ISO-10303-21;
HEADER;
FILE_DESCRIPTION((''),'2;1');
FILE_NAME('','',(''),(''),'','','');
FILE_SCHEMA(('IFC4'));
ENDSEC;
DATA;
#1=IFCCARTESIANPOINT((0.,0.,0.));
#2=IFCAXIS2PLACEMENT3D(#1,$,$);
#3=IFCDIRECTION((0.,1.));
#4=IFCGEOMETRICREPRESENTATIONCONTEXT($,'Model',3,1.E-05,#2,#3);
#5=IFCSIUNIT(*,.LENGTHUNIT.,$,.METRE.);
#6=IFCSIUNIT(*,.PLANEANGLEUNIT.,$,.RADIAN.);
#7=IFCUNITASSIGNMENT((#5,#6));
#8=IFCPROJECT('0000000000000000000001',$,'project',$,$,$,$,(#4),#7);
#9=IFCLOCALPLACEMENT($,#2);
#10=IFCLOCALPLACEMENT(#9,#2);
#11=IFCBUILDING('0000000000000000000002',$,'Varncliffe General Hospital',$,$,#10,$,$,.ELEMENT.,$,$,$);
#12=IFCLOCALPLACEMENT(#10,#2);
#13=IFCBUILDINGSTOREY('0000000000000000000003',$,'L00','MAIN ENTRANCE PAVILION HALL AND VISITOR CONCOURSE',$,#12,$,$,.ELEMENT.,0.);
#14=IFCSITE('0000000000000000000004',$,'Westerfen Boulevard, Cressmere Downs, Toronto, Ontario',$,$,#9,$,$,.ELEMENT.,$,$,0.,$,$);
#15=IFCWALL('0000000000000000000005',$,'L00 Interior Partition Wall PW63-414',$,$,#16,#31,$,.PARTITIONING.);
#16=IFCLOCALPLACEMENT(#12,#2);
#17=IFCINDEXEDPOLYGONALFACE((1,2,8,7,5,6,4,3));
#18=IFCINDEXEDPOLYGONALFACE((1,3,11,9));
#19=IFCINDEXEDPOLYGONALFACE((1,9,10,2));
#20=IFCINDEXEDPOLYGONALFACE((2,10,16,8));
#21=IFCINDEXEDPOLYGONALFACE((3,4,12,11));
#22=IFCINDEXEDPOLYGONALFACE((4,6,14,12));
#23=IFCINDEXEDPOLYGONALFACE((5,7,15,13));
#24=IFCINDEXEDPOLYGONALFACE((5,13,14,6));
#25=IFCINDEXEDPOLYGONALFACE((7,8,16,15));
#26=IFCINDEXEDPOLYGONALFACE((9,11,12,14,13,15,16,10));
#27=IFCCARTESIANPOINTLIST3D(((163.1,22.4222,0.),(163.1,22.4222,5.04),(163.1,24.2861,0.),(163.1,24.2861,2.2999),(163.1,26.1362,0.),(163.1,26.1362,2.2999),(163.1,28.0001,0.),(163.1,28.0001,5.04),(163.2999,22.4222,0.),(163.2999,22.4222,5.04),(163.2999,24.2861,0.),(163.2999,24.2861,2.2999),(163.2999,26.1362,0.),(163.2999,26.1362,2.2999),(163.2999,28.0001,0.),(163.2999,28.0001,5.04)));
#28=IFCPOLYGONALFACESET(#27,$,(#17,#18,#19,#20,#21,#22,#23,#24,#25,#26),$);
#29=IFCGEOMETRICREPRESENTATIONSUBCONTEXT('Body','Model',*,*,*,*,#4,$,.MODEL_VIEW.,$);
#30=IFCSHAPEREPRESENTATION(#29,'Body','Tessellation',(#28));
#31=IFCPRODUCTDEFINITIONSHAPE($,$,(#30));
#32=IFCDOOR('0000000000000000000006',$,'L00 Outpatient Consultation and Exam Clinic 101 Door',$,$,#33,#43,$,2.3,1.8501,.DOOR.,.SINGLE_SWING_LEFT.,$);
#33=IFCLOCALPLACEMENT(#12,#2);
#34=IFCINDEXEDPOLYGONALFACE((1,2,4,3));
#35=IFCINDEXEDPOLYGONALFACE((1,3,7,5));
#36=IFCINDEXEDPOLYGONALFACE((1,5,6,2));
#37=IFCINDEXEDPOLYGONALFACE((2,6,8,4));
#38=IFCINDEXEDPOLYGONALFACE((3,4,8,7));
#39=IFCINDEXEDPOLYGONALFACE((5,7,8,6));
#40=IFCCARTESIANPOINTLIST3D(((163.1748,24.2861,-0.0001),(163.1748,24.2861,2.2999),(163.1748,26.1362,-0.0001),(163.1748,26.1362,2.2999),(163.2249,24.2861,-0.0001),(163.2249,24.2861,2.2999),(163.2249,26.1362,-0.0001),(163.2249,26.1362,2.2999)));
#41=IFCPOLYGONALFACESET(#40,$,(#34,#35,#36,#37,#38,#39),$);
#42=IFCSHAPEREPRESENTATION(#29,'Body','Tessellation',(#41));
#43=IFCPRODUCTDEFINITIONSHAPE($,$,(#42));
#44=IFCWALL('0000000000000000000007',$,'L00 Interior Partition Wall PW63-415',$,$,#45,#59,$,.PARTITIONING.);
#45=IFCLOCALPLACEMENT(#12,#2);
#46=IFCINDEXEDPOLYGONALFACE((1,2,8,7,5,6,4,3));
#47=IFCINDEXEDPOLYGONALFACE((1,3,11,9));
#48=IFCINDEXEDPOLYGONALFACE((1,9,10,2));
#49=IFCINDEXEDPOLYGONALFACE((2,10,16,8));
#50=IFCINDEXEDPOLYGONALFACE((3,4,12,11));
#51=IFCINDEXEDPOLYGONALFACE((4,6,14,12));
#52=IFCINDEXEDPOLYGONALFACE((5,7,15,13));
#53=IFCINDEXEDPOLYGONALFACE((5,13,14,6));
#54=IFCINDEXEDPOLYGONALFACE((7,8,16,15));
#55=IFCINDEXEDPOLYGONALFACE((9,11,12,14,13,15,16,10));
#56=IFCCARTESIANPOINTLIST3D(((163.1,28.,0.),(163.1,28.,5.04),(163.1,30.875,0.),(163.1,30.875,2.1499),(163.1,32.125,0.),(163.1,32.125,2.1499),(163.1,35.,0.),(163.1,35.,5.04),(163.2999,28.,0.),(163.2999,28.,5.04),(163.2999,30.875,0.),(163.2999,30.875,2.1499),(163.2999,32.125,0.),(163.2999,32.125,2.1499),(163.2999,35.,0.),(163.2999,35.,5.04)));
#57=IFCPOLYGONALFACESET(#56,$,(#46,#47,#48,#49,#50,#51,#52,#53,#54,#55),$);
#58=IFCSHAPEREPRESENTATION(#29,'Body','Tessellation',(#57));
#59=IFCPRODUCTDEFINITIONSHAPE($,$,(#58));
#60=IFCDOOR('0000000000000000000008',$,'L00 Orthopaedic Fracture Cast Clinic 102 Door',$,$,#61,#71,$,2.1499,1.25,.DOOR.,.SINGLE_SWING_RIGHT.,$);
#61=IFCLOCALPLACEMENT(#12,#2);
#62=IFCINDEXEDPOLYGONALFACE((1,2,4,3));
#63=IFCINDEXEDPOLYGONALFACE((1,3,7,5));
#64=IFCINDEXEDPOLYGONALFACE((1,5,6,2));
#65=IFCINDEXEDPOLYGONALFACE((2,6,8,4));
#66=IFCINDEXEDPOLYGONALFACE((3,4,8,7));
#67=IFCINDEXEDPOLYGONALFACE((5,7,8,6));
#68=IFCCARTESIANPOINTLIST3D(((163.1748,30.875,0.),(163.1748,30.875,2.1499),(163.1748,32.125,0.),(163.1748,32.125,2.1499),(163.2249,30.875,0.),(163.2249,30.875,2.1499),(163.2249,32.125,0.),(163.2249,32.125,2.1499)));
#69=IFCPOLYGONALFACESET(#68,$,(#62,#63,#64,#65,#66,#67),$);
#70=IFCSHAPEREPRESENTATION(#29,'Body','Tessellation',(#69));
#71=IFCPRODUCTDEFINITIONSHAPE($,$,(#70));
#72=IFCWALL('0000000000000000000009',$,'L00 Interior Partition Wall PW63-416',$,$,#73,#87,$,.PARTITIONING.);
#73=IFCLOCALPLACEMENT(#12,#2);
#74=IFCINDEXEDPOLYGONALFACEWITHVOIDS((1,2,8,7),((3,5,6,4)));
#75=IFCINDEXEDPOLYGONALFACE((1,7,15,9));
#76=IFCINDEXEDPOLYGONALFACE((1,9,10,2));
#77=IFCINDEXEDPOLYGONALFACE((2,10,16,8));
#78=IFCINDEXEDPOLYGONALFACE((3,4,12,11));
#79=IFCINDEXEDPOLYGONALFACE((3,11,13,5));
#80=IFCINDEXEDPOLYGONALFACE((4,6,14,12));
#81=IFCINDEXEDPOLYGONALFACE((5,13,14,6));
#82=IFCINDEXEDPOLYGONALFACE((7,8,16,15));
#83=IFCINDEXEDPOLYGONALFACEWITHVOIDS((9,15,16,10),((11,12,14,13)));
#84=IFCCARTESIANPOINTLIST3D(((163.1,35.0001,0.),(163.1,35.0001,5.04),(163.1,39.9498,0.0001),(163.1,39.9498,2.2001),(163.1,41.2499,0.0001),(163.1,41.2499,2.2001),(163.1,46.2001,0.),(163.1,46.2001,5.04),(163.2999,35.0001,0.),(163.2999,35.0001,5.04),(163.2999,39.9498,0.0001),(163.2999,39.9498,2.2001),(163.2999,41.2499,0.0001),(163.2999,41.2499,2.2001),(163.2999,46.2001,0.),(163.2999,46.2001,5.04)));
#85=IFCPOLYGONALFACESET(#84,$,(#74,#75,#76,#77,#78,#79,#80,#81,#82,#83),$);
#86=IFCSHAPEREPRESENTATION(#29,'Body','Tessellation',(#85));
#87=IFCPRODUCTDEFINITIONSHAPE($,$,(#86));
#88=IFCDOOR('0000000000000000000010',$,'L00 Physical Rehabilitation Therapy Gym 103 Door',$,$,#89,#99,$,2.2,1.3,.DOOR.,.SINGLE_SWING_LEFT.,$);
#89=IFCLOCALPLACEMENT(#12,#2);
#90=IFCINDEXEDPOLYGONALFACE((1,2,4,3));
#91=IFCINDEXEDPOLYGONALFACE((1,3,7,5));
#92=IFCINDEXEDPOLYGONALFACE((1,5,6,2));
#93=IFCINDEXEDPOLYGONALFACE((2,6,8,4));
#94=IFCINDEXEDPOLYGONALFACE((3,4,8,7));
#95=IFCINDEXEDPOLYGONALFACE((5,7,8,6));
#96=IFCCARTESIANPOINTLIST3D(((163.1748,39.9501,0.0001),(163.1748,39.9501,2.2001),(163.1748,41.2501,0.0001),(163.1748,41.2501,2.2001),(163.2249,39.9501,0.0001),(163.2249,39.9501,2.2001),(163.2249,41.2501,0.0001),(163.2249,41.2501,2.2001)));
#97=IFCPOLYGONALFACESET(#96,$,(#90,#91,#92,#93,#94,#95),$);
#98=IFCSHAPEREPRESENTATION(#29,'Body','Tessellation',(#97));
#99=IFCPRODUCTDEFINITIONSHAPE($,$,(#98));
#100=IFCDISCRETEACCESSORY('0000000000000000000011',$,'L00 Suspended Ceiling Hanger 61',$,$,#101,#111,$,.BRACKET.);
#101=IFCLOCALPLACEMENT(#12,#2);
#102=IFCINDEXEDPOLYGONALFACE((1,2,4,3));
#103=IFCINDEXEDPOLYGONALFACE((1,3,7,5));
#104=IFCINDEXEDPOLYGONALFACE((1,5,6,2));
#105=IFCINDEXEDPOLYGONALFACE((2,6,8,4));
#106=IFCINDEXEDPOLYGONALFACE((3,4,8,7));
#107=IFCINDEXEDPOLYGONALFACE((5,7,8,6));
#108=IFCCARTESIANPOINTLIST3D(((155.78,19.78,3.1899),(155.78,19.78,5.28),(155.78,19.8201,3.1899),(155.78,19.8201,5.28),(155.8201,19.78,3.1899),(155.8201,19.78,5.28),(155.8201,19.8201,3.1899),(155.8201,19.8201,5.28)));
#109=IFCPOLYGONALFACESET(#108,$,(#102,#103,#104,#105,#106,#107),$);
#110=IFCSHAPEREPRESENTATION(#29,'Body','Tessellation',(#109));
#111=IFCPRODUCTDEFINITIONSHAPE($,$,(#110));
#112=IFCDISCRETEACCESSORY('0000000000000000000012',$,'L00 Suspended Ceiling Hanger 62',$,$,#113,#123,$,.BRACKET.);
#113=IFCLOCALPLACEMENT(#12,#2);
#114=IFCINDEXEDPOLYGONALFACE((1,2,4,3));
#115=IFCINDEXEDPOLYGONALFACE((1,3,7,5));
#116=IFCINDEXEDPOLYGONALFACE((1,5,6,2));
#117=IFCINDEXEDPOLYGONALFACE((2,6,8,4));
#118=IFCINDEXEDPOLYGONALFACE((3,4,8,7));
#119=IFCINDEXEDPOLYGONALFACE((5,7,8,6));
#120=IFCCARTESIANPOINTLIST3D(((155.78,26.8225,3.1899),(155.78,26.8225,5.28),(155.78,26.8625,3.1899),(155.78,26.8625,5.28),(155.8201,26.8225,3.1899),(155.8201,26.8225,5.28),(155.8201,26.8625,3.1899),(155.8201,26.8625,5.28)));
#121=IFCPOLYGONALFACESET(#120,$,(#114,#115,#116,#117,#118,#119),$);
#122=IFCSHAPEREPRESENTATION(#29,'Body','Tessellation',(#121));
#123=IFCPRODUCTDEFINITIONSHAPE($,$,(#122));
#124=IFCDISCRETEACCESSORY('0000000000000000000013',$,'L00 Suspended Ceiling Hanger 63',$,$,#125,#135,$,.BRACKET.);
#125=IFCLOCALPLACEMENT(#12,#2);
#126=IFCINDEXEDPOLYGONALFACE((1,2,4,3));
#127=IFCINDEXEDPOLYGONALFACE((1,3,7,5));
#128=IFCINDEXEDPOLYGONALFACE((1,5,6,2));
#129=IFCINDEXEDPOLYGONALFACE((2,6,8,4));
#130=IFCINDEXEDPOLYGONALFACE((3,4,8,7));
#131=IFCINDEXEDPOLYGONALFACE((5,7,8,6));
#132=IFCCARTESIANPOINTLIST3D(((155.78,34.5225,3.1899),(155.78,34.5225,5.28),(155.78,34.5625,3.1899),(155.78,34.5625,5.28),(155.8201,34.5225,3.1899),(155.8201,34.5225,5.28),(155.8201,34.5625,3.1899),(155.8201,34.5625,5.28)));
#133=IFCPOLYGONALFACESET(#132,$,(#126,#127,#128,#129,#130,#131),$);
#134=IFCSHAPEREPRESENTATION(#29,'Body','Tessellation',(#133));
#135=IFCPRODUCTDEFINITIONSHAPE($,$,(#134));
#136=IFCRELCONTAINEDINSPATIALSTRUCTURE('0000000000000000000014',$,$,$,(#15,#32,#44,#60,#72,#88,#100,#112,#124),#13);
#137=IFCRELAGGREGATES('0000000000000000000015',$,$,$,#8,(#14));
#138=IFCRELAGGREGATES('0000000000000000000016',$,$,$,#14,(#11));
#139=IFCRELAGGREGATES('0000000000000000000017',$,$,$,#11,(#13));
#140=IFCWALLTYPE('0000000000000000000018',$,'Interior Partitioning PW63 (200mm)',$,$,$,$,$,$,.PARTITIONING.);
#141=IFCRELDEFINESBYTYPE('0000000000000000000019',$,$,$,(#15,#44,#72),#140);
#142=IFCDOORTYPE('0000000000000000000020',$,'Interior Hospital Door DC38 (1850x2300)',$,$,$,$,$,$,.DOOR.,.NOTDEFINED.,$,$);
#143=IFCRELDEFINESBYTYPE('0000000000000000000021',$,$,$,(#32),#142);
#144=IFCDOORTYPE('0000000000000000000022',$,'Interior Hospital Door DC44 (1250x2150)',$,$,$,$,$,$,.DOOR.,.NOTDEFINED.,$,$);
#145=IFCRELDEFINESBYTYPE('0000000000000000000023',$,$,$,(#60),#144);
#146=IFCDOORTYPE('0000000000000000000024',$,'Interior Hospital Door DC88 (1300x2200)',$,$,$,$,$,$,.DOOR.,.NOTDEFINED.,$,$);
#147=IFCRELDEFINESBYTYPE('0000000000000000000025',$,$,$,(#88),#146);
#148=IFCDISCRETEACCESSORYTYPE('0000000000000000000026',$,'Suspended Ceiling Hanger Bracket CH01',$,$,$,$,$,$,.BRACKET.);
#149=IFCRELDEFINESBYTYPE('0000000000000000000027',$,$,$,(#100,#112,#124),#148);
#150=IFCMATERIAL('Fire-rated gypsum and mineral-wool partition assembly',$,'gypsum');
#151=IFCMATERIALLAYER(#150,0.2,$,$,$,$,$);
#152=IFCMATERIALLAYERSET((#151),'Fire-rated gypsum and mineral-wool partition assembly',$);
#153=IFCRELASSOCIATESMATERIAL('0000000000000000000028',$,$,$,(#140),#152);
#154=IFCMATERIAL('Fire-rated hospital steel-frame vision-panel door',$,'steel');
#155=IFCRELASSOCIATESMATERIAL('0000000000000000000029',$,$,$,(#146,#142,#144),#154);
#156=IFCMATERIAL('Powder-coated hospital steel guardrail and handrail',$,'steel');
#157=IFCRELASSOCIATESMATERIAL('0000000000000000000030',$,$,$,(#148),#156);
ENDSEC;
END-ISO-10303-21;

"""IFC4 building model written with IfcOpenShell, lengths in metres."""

from ifc_helpers import new_model, si_unit, direction, frame, frame_2d, origin, origin_2d, place, context, subcontext, project, spatial, rectangle, extrude, material, layer, layer_set, type_object, element, fill, save


model = new_model("IFC4")

# Units and contexts
model_context = context("Model", 3, precision=1e-05, world=origin(), true_north=direction((0.0, 1.0)))
body_context = subcontext(model_context, "Body", "Model", "MODEL_VIEW")
ifc_project = project(units=[si_unit("LENGTHUNIT", "METRE"), si_unit("PLANEANGLEUNIT", "RADIAN")], contexts=[model_context])

# Site, building, storey
site_placement = place(None, origin())
site = spatial("IfcSite", under=ifc_project, at=site_placement, Name="Westerfen Boulevard, Cressmere Downs, Toronto, Ontario", CompositionType="ELEMENT", RefElevation=0.0)
building_placement = place(site_placement, origin())
building = spatial("IfcBuilding", under=site, at=building_placement, Name="Varncliffe General Hospital", CompositionType="ELEMENT")
storey_placement = place(building_placement, origin())
storey = spatial("IfcBuildingStorey", under=building, at=storey_placement, Name="L00", Description="MAIN ENTRANCE PAVILION HALL AND VISITOR CONCOURSE", CompositionType="ELEMENT", Elevation=0.0)

# Walls, openings, doors
ifc_material_1 = material(Name="Fire-rated gypsum and mineral-wool partition assembly", Category="gypsum")
ifc_layer_1 = layer(ifc_material_1, 0.2)
ifc_layer_set_1 = layer_set([ifc_layer_1], Name="Fire-rated gypsum and mineral-wool partition assembly")
wall_type_1 = type_object("IfcWallType", Name="Interior Partitioning PW63 (200mm)", PredefinedType="PARTITIONING", material=ifc_layer_set_1)
ifc_material_2 = material(Name="Fire-rated hospital steel-frame vision-panel door", Category="steel")
door_type_1 = type_object("IfcDoorType", Name="Interior Hospital Door DC88 (1300x2200)", OperationType="NOTDEFINED", PredefinedType="DOOR", material=ifc_material_2)
wall_1_placement = place(storey_placement, frame((163.2, 22.4221, 0.0), z_axis=(0.0, 0.0, 1.0), x_axis=(0.0, 1.0, 0.0)))
wall_1 = element("IfcWall", 1, at=wall_1_placement, inside=storey, type_object=wall_type_1, Name="L00 Interior Partition Wall PW63-414", PredefinedType="PARTITIONING", context=body_context, shape_type="SweptSolid", body=[
    extrude(rectangle(XDim=5.5779, YDim=0.2, at=frame_2d((2.7891, 0.0))), origin(), (0.0, 0.0, 1.0), 5.04),
])
opening_1_placement = place(wall_1_placement, frame((1.864, 0.0, 0.0)))
opening_1 = element("IfcOpeningElement", 2, at=opening_1_placement, cuts=wall_1, PredefinedType="OPENING", context=body_context, shape_type="SweptSolid", body=[
    extrude(rectangle(XDim=1.8501, YDim=2.3, at=frame_2d((0.925, 1.1499))), frame((0.0, 0.1099, 0.0), z_axis=(0.0, -1.0, 0.0), x_axis=(1.0, 0.0, 0.0)), (0.0, 0.0, 1.0), 0.22),
])
door_type_2 = type_object("IfcDoorType", Name="Interior Hospital Door DC38 (1850x2300)", OperationType="NOTDEFINED", PredefinedType="DOOR", material=ifc_material_2)
door_1_placement = place(opening_1_placement, frame((1.8501, 0.0, 0.0), z_axis=(0.0, 0.0, 1.0), x_axis=(-1.0, 0.0, 0.0)))
door_1 = element("IfcDoor", 3, at=door_1_placement, inside=storey, type_object=door_type_2, Name="L00 Outpatient Consultation and Exam Clinic 101 Door", OperationType="SINGLE_SWING_LEFT", OverallHeight=2.3, OverallWidth=1.8501, PredefinedType="DOOR", context=body_context, shape_type="SweptSolid", body=[
    extrude(rectangle(XDim=1.8501, YDim=2.3, at=frame_2d((0.925, 1.1499))), frame((0.0, 0.0249, 0.0), z_axis=(0.0, -1.0, 0.0), x_axis=(1.0, 0.0, 0.0)), (0.0, 0.0, 1.0), 0.05),
])
fill(opening_1, door_1)
wall_2_placement = place(storey_placement, frame((163.2, 28.0, 0.0), z_axis=(0.0, 0.0, 1.0), x_axis=(0.0, 1.0, 0.0)))
wall_2 = element("IfcWall", 4, at=wall_2_placement, inside=storey, type_object=wall_type_1, Name="L00 Interior Partition Wall PW63-415", PredefinedType="PARTITIONING", context=body_context, shape_type="SweptSolid", body=[
    extrude(rectangle(XDim=7.0, YDim=0.2, at=frame_2d((3.5, 0.0))), origin(), (0.0, 0.0, 1.0), 5.04),
])
opening_2_placement = place(wall_2_placement, frame((2.875, 0.0, 0.0)))
opening_2 = element("IfcOpeningElement", 5, at=opening_2_placement, cuts=wall_2, PredefinedType="OPENING", context=body_context, shape_type="SweptSolid", body=[
    extrude(rectangle(XDim=1.25, YDim=2.1499, at=frame_2d((0.625, 1.075))), frame((0.0, 0.1099, 0.0), z_axis=(0.0, -1.0, 0.0), x_axis=(1.0, 0.0, 0.0)), (0.0, 0.0, 1.0), 0.22),
])
door_type_3 = type_object("IfcDoorType", Name="Interior Hospital Door DC44 (1250x2150)", OperationType="NOTDEFINED", PredefinedType="DOOR", material=ifc_material_2)
door_2_placement = place(opening_2_placement, frame((1.25, 0.0, 0.0), z_axis=(0.0, 0.0, 1.0), x_axis=(-1.0, 0.0, 0.0)))
door_2 = element("IfcDoor", 6, at=door_2_placement, inside=storey, type_object=door_type_3, Name="L00 Orthopaedic Fracture Cast Clinic 102 Door", OperationType="SINGLE_SWING_RIGHT", OverallHeight=2.1499, OverallWidth=1.25, PredefinedType="DOOR", context=body_context, shape_type="SweptSolid", body=[
    extrude(rectangle(XDim=1.25, YDim=2.1499, at=frame_2d((0.625, 1.075))), frame((0.0, 0.0249, 0.0), z_axis=(0.0, -1.0, 0.0), x_axis=(1.0, 0.0, 0.0)), (0.0, 0.0, 1.0), 0.05),
])
fill(opening_2, door_2)
wall_3_placement = place(storey_placement, frame((163.2, 35.0, 0.0), z_axis=(0.0, 0.0, 1.0), x_axis=(0.0, 1.0, 0.0)))
wall_3 = element("IfcWall", 7, at=wall_3_placement, inside=storey, type_object=wall_type_1, Name="L00 Interior Partition Wall PW63-416", PredefinedType="PARTITIONING", context=body_context, shape_type="SweptSolid", body=[
    extrude(rectangle(XDim=11.2, YDim=0.2, at=frame_2d((5.6001, 0.0))), origin(), (0.0, 0.0, 1.0), 5.04),
])
opening_3_placement = place(wall_3_placement, frame((4.95, 0.0, 0.0)))
opening_3 = element("IfcOpeningElement", 8, at=opening_3_placement, cuts=wall_3, PredefinedType="OPENING", context=body_context, shape_type="SweptSolid", body=[
    extrude(rectangle(XDim=1.3, YDim=2.2, at=frame_2d((0.6499, 1.1001))), frame((0.0, 0.1099, 0.0), z_axis=(0.0, -1.0, 0.0), x_axis=(1.0, 0.0, 0.0)), (0.0, 0.0, 1.0), 0.22),
])
door_3_placement = place(opening_3_placement, frame((1.3, 0.0, 0.0), z_axis=(0.0, 0.0, 1.0), x_axis=(-1.0, 0.0, 0.0)))
door_3 = element("IfcDoor", 9, at=door_3_placement, inside=storey, type_object=door_type_1, Name="L00 Physical Rehabilitation Therapy Gym 103 Door", OperationType="SINGLE_SWING_LEFT", OverallHeight=2.2, OverallWidth=1.3, PredefinedType="DOOR", context=body_context, shape_type="SweptSolid", body=[
    extrude(rectangle(XDim=1.3, YDim=2.2, at=frame_2d((0.6499, 1.1001))), frame((0.0, 0.0249, 0.0), z_axis=(0.0, -1.0, 0.0), x_axis=(1.0, 0.0, 0.0)), (0.0, 0.0, 1.0), 0.05),
])
fill(opening_3, door_3)

# Discrete accessories
ifc_material_3 = material(Name="Powder-coated hospital steel guardrail and handrail", Category="steel")
discrete_accessory_type = type_object("IfcDiscreteAccessoryType", Name="Suspended Ceiling Hanger Bracket CH01", PredefinedType="BRACKET", material=ifc_material_3)
for number, where, z_axis, x_axis, name in (
    (10, (155.8, 19.8, 3.1899), (0.0, 0.0, 1.0), (1.0, 0.0, 0.0), "L00 Suspended Ceiling Hanger 61"),
    (11, (155.8, 26.8425, 3.1899), (0.0, 0.0, 1.0), (1.0, 0.0, 0.0), "L00 Suspended Ceiling Hanger 62"),
    (12, (155.8, 34.5425, 3.1899), (0.0, 0.0, 1.0), (1.0, 0.0, 0.0), "L00 Suspended Ceiling Hanger 63"),
):
    element("IfcDiscreteAccessory", number, at=place(storey_placement, frame(where, z_axis=z_axis, x_axis=x_axis)), inside=storey, type_object=discrete_accessory_type, Name=name, PredefinedType="BRACKET", context=body_context, shape_type="SweptSolid", body=[
        extrude(rectangle(XDim=0.04, YDim=0.04, at=origin_2d()), origin(), (0.0, 0.0, 1.0), 2.0901),
    ])

save(model, "model.ifc")
